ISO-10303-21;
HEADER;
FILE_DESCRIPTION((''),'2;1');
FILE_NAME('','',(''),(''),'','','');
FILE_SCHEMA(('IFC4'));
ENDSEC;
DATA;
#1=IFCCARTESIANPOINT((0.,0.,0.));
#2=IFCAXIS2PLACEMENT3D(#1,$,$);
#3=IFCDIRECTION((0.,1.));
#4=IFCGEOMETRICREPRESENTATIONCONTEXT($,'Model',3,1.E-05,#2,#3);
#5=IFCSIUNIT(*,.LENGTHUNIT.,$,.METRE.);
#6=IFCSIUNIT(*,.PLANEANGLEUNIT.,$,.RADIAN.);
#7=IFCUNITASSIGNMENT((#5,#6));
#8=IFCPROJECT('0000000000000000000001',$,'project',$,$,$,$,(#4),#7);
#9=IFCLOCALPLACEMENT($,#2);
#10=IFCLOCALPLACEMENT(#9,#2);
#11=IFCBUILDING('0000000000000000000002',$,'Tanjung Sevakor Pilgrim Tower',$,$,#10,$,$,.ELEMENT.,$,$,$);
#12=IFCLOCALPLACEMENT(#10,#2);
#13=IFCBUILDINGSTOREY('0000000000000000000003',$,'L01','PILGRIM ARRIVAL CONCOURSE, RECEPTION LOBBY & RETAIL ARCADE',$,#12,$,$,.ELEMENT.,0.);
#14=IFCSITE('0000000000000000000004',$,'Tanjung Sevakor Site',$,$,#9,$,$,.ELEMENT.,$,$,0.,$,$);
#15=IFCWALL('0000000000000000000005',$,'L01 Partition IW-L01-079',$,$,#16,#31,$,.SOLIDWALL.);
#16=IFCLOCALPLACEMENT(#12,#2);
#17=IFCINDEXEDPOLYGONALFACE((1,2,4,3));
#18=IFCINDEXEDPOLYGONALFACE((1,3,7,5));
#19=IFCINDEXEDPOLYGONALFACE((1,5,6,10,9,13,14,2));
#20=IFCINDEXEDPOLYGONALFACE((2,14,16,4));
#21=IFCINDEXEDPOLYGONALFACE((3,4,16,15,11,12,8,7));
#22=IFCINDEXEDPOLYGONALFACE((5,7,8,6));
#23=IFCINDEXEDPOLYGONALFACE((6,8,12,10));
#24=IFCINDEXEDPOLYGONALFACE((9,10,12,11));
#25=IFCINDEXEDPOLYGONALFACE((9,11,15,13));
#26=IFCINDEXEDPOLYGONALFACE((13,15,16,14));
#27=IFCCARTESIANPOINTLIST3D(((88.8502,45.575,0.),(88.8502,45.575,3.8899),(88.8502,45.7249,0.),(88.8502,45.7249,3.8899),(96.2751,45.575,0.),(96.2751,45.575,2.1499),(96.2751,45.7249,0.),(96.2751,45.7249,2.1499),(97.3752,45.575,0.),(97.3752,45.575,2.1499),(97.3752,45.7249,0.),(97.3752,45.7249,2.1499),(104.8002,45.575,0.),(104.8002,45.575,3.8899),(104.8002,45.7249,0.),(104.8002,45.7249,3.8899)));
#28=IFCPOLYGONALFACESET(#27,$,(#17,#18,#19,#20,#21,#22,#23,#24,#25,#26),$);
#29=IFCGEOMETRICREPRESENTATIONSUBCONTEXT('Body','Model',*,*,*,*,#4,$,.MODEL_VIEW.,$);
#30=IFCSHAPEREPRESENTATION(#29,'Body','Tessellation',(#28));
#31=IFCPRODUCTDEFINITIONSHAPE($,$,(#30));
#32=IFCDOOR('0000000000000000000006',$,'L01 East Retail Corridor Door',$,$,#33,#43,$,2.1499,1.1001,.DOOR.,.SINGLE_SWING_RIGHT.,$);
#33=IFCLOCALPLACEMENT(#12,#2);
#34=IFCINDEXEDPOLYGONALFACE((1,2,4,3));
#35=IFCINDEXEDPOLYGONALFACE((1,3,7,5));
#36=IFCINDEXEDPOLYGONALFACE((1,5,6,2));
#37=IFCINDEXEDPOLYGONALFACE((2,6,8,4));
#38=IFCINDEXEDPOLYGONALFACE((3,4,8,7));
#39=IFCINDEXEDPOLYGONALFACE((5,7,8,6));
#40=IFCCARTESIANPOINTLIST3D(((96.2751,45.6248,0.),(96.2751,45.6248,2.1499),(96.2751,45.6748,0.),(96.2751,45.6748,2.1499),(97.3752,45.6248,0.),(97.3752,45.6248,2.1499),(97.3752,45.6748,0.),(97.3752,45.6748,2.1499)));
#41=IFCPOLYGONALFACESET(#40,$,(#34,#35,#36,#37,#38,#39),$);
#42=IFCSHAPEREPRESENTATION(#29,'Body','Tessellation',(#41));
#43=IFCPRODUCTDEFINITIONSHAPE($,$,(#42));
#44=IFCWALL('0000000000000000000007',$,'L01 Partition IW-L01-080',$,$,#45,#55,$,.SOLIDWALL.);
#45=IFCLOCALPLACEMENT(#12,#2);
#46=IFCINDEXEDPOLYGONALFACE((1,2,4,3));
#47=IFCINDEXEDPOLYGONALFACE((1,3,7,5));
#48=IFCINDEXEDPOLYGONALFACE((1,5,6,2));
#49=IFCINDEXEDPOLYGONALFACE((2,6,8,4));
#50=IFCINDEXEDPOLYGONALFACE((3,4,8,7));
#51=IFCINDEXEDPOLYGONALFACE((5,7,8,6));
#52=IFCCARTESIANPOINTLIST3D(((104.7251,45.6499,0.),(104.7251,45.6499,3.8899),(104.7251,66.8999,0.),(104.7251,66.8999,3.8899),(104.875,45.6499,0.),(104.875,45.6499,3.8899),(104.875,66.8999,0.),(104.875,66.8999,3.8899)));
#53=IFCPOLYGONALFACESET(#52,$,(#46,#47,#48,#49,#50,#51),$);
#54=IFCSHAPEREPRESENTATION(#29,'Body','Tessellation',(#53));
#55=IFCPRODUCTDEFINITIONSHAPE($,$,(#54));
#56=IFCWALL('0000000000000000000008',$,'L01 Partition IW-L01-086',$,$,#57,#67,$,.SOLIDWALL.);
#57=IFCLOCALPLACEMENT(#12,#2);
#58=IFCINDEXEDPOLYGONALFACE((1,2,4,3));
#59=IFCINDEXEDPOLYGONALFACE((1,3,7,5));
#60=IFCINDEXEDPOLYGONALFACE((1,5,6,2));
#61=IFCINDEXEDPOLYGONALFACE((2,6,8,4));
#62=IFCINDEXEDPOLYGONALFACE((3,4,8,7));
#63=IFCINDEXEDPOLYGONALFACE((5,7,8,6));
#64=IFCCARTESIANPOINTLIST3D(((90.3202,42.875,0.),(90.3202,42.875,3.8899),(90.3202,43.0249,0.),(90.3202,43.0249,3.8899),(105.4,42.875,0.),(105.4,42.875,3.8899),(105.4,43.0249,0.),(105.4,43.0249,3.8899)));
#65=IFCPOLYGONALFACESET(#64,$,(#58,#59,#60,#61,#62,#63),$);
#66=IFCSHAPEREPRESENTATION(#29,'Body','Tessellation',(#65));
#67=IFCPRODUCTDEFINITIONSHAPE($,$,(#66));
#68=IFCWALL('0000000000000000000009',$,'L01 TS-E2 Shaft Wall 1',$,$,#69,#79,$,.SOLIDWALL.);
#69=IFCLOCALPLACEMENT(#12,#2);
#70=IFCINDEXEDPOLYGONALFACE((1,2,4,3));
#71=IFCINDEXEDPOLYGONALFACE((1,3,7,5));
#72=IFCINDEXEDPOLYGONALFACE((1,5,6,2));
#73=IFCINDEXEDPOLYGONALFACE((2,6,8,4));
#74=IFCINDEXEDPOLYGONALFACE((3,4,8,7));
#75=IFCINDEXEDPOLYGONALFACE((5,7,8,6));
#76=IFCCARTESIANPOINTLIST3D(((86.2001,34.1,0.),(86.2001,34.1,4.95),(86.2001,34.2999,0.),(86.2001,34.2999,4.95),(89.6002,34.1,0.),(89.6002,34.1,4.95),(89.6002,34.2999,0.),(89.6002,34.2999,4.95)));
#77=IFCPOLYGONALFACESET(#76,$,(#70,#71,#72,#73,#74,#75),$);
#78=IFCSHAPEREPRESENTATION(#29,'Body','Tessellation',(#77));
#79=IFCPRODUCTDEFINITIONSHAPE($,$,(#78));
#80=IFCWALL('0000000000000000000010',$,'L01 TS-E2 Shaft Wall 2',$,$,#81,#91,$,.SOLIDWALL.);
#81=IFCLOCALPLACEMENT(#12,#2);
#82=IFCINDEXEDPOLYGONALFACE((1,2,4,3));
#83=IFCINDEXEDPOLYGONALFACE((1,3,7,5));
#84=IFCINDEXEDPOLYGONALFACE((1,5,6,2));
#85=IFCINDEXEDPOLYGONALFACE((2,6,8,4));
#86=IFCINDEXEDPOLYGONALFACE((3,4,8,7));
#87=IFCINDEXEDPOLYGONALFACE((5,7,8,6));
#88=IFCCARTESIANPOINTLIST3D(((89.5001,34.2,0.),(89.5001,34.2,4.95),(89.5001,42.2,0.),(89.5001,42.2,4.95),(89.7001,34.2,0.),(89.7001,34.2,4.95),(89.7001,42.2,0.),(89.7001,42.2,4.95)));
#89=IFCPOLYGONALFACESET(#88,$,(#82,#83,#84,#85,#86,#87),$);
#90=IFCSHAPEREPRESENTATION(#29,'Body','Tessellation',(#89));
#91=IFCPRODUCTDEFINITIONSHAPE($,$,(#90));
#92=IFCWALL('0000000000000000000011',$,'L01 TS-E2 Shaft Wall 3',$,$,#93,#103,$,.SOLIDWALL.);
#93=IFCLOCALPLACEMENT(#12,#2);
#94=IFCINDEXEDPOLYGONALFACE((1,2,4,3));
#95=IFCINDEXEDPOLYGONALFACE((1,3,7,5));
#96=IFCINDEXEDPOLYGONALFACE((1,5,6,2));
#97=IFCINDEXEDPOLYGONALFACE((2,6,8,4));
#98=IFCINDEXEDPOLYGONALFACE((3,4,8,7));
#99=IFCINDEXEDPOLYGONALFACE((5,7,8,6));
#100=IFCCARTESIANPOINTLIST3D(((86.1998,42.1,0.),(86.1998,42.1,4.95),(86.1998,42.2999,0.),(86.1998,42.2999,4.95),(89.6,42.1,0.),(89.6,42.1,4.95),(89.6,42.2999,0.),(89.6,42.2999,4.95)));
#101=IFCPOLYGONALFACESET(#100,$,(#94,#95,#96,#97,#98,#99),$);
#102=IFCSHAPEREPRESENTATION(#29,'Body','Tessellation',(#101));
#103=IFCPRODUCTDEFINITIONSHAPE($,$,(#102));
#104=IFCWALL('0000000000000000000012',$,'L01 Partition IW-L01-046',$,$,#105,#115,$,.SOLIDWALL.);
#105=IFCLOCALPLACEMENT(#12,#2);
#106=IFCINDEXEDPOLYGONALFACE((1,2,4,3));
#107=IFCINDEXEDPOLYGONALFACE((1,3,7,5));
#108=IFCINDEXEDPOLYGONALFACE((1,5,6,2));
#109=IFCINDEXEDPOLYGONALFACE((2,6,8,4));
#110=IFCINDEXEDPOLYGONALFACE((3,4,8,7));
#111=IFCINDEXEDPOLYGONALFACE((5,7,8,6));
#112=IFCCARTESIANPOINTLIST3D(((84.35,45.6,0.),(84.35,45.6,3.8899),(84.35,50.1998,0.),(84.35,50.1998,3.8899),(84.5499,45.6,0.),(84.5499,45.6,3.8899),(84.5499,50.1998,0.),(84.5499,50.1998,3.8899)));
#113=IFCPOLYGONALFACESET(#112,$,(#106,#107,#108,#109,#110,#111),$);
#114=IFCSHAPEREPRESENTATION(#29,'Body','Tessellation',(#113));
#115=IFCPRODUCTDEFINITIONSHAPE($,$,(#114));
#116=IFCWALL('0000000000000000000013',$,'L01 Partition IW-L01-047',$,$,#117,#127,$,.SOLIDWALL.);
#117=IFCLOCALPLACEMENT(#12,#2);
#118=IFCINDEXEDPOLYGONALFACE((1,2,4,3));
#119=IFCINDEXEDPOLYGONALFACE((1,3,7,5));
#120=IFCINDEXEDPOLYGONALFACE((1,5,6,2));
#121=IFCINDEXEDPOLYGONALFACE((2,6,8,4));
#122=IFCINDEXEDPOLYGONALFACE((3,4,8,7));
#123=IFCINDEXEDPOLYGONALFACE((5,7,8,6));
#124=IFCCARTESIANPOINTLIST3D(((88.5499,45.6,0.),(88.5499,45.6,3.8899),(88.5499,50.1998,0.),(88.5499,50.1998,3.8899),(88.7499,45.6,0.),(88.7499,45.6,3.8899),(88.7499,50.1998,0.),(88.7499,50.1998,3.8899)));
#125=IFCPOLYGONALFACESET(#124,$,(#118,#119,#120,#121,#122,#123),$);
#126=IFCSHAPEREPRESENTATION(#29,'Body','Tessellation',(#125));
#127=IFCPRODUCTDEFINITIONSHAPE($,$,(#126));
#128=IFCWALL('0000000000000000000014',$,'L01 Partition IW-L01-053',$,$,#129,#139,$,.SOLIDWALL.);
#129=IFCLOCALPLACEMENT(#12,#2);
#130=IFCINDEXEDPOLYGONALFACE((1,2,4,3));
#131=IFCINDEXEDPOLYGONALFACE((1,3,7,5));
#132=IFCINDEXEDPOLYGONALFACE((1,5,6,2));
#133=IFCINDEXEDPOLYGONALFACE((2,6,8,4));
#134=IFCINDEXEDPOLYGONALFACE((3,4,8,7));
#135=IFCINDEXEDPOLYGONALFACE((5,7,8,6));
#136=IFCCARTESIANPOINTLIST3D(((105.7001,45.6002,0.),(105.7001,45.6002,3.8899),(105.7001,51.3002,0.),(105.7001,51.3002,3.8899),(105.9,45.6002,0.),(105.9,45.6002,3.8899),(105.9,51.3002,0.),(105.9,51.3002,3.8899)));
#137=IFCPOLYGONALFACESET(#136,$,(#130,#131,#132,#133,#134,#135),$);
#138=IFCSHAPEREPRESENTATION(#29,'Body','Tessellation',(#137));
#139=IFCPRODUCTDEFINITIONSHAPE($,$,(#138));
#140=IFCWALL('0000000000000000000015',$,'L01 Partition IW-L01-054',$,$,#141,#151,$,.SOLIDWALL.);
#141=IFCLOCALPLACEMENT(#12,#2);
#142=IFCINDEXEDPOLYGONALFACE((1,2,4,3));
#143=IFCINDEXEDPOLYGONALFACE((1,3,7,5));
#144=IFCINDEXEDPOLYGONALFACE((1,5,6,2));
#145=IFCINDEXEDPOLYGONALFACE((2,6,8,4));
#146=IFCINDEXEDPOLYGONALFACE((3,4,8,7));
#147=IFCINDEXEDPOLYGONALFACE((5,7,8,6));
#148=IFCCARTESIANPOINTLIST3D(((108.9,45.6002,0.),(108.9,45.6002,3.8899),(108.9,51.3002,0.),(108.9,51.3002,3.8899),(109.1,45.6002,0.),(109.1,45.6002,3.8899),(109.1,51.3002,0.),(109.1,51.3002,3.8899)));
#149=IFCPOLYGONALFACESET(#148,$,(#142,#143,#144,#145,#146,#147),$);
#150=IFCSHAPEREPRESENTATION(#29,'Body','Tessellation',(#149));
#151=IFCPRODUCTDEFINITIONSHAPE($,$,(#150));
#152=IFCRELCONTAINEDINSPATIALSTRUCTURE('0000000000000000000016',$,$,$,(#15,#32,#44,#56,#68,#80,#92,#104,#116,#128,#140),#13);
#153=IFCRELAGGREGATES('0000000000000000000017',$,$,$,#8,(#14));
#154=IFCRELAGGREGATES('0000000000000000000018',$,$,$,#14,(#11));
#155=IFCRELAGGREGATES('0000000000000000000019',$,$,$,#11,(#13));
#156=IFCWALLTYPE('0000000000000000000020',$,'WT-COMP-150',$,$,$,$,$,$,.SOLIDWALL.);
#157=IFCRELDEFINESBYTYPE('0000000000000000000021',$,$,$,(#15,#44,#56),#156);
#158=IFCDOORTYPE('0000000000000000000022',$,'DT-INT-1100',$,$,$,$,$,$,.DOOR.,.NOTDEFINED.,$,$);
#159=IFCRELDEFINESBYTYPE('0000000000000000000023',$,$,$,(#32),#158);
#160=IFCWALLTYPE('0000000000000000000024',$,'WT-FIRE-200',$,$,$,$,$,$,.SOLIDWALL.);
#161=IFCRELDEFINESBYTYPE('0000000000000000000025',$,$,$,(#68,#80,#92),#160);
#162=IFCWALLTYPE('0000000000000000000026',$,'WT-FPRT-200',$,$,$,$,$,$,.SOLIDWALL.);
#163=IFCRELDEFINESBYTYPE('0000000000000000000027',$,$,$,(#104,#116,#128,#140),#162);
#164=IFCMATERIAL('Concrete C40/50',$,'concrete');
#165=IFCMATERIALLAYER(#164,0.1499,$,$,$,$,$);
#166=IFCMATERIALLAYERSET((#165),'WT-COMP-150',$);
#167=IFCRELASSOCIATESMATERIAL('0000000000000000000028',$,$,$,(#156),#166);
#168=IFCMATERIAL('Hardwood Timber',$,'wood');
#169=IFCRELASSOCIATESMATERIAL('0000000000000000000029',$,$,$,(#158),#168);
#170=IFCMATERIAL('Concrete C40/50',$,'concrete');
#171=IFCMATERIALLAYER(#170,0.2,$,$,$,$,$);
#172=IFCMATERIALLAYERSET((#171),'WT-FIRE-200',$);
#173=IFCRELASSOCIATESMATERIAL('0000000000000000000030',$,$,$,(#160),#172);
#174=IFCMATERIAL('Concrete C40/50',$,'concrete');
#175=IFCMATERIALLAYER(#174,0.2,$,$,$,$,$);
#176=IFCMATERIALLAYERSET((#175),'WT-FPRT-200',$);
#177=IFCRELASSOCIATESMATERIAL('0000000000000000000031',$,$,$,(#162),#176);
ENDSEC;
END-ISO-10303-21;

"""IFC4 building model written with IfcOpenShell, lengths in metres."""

from ifc_helpers import new_model, si_unit, direction, frame, frame_2d, origin, place, context, subcontext, project, spatial, rectangle, extrude, material, layer, layer_set, type_object, element, fill, save


model = new_model("IFC4")

# Units and contexts
model_context = context("Model", 3, precision=1e-05, world=origin(), true_north=direction((0.0, 1.0)))
body_context = subcontext(model_context, "Body", "Model", "MODEL_VIEW")
ifc_project = project(units=[si_unit("LENGTHUNIT", "METRE"), si_unit("PLANEANGLEUNIT", "RADIAN")], contexts=[model_context])

# Site, building, storey
site_placement = place(None, origin())
site = spatial("IfcSite", under=ifc_project, at=site_placement, Name="Tanjung Sevakor Site", CompositionType="ELEMENT", RefElevation=0.0)
building_placement = place(site_placement, origin())
building = spatial("IfcBuilding", under=site, at=building_placement, Name="Tanjung Sevakor Pilgrim Tower", CompositionType="ELEMENT")
storey_placement = place(building_placement, origin())
storey = spatial("IfcBuildingStorey", under=building, at=storey_placement, Name="L01", Description="PILGRIM ARRIVAL CONCOURSE, RECEPTION LOBBY & RETAIL ARCADE", CompositionType="ELEMENT", Elevation=0.0)

# Wall, opening, door
ifc_material_1 = material(Name="Concrete C40/50", Category="concrete")
ifc_layer_1 = layer(ifc_material_1, 0.1499)
ifc_layer_set_1 = layer_set([ifc_layer_1], Name="WT-COMP-150")
wall_type_1 = type_object("IfcWallType", Name="WT-COMP-150", PredefinedType="SOLIDWALL", material=ifc_layer_set_1)
wall_1_placement = place(storey_placement, frame((88.8501, 45.6499, 0.0), z_axis=(0.0, 0.0, 1.0), x_axis=(1.0, 0.0, 0.0)))
wall_1 = element("IfcWall", 1, at=wall_1_placement, inside=storey, type_object=wall_type_1, Name="L01 Partition IW-L01-079", PredefinedType="SOLIDWALL", context=body_context, shape_type="SweptSolid", body=[
    extrude(rectangle(XDim=15.95, YDim=0.1499, at=frame_2d((7.9751, 0.0))), origin(), (0.0, 0.0, 1.0), 3.8899),
])
opening_1_placement = place(wall_1_placement, frame((7.425, 0.0, 0.0)))
opening_1 = element("IfcOpeningElement", 2, at=opening_1_placement, cuts=wall_1, PredefinedType="OPENING", context=body_context, shape_type="SweptSolid", body=[
    extrude(rectangle(XDim=1.1001, YDim=2.1499, at=frame_2d((0.55, 1.075))), frame((0.0, 0.085, 0.0), z_axis=(0.0, -1.0, 0.0), x_axis=(1.0, 0.0, 0.0)), (0.0, 0.0, 1.0), 0.1699),
])
ifc_material_2 = material(Name="Hardwood Timber", Category="wood")
door_type_1 = type_object("IfcDoorType", Name="DT-INT-1100", OperationType="NOTDEFINED", PredefinedType="DOOR", material=ifc_material_2)
door_1_placement = place(opening_1_placement, origin())
door_1 = element("IfcDoor", 3, at=door_1_placement, inside=storey, type_object=door_type_1, Name="L01 East Retail Corridor Door", OperationType="SINGLE_SWING_RIGHT", OverallHeight=2.1499, OverallWidth=1.1001, PredefinedType="DOOR", context=body_context, shape_type="SweptSolid", body=[
    extrude(rectangle(XDim=1.1001, YDim=2.1499, at=frame_2d((0.55, 1.075))), frame((0.0, 0.0249, 0.0), z_axis=(0.0, -1.0, 0.0), x_axis=(1.0, 0.0, 0.0)), (0.0, 0.0, 1.0), 0.05),
])
fill(opening_1, door_1)

# Walls
wall_2_placement = place(storey_placement, frame((104.8, 45.6499, 0.0), z_axis=(0.0, 0.0, 1.0), x_axis=(0.0, 1.0, 0.0)))
element("IfcWall", 4, at=wall_2_placement, inside=storey, type_object=wall_type_1, Name="L01 Partition IW-L01-080", PredefinedType="SOLIDWALL", context=body_context, shape_type="SweptSolid", body=[
    extrude(rectangle(XDim=21.25, YDim=0.1499, at=frame_2d((10.625, 0.0))), origin(), (0.0, 0.0, 1.0), 3.8899),
])
wall_3_placement = place(storey_placement, frame((90.3201, 42.95, 0.0), z_axis=(0.0, 0.0, 1.0), x_axis=(1.0, 0.0, 0.0)))
element("IfcWall", 5, at=wall_3_placement, inside=storey, type_object=wall_type_1, Name="L01 Partition IW-L01-086", PredefinedType="SOLIDWALL", context=body_context, shape_type="SweptSolid", body=[
    extrude(rectangle(XDim=15.0798, YDim=0.1499, at=frame_2d((7.54, 0.0))), origin(), (0.0, 0.0, 1.0), 3.8899),
])
ifc_material_3 = material(Name="Concrete C40/50", Category="concrete")
ifc_layer_2 = layer(ifc_material_3, 0.2)
ifc_layer_set_2 = layer_set([ifc_layer_2], Name="WT-FIRE-200")
wall_type_2 = type_object("IfcWallType", Name="WT-FIRE-200", PredefinedType="SOLIDWALL", material=ifc_layer_set_2)
wall_4_placement = place(storey_placement, frame((86.2, 34.2, 0.0), z_axis=(0.0, 0.0, 1.0), x_axis=(1.0, 0.0, 0.0)))
element("IfcWall", 6, at=wall_4_placement, inside=storey, type_object=wall_type_2, Name="L01 TS-E2 Shaft Wall 1", PredefinedType="SOLIDWALL", context=body_context, shape_type="SweptSolid", body=[
    extrude(rectangle(XDim=3.4001, YDim=0.2, at=frame_2d((1.7002, 0.0))), origin(), (0.0, 0.0, 1.0), 4.95),
])
wall_5_placement = place(storey_placement, frame((89.6001, 34.2, 0.0), z_axis=(0.0, 0.0, 1.0), x_axis=(0.0, 1.0, 0.0)))
element("IfcWall", 7, at=wall_5_placement, inside=storey, type_object=wall_type_2, Name="L01 TS-E2 Shaft Wall 2", PredefinedType="SOLIDWALL", context=body_context, shape_type="SweptSolid", body=[
    extrude(rectangle(XDim=8.0, YDim=0.2, at=frame_2d((4.0, 0.0))), origin(), (0.0, 0.0, 1.0), 4.95),
])
wall_6_placement = place(storey_placement, frame((89.6001, 42.2, 0.0), z_axis=(0.0, 0.0, 1.0), x_axis=(-1.0, 0.0, 0.0)))
element("IfcWall", 8, at=wall_6_placement, inside=storey, type_object=wall_type_2, Name="L01 TS-E2 Shaft Wall 3", PredefinedType="SOLIDWALL", context=body_context, shape_type="SweptSolid", body=[
    extrude(rectangle(XDim=3.4001, YDim=0.2, at=frame_2d((1.7002, 0.0))), origin(), (0.0, 0.0, 1.0), 4.95),
])
ifc_material_4 = material(Name="Concrete C40/50", Category="concrete")
ifc_layer_3 = layer(ifc_material_4, 0.2)
ifc_layer_set_3 = layer_set([ifc_layer_3], Name="WT-FPRT-200")
wall_type_3 = type_object("IfcWallType", Name="WT-FPRT-200", PredefinedType="SOLIDWALL", material=ifc_layer_set_3)
for number, where, z_axis, x_axis, name in (
    (9, (84.45, 45.6001, 0.0), (0.0, 0.0, 1.0), (0.0, 1.0, 0.0), "L01 Partition IW-L01-046"),
    (10, (88.6499, 45.6001, 0.0), (0.0, 0.0, 1.0), (0.0, 1.0, 0.0), "L01 Partition IW-L01-047"),
):
    element("IfcWall", number, at=place(storey_placement, frame(where, z_axis=z_axis, x_axis=x_axis)), inside=storey, type_object=wall_type_3, Name=name, PredefinedType="SOLIDWALL", context=body_context, shape_type="SweptSolid", body=[
        extrude(rectangle(XDim=4.5999, YDim=0.2, at=frame_2d((2.2998, 0.0))), origin(), (0.0, 0.0, 1.0), 3.8899),
    ])

# Walls
for number, where, z_axis, x_axis, name in (
    (11, (105.8, 45.6001, 0.0), (0.0, 0.0, 1.0), (0.0, 1.0, 0.0), "L01 Partition IW-L01-053"),
    (12, (109.0, 45.6001, 0.0), (0.0, 0.0, 1.0), (0.0, 1.0, 0.0), "L01 Partition IW-L01-054"),
):
    element("IfcWall", number, at=place(storey_placement, frame(where, z_axis=z_axis, x_axis=x_axis)), inside=storey, type_object=wall_type_3, Name=name, PredefinedType="SOLIDWALL", context=body_context, shape_type="SweptSolid", body=[
        extrude(rectangle(XDim=5.7, YDim=0.2, at=frame_2d((2.8501, 0.0))), origin(), (0.0, 0.0, 1.0), 3.8899),
    ])

save(model, "model.ifc")
